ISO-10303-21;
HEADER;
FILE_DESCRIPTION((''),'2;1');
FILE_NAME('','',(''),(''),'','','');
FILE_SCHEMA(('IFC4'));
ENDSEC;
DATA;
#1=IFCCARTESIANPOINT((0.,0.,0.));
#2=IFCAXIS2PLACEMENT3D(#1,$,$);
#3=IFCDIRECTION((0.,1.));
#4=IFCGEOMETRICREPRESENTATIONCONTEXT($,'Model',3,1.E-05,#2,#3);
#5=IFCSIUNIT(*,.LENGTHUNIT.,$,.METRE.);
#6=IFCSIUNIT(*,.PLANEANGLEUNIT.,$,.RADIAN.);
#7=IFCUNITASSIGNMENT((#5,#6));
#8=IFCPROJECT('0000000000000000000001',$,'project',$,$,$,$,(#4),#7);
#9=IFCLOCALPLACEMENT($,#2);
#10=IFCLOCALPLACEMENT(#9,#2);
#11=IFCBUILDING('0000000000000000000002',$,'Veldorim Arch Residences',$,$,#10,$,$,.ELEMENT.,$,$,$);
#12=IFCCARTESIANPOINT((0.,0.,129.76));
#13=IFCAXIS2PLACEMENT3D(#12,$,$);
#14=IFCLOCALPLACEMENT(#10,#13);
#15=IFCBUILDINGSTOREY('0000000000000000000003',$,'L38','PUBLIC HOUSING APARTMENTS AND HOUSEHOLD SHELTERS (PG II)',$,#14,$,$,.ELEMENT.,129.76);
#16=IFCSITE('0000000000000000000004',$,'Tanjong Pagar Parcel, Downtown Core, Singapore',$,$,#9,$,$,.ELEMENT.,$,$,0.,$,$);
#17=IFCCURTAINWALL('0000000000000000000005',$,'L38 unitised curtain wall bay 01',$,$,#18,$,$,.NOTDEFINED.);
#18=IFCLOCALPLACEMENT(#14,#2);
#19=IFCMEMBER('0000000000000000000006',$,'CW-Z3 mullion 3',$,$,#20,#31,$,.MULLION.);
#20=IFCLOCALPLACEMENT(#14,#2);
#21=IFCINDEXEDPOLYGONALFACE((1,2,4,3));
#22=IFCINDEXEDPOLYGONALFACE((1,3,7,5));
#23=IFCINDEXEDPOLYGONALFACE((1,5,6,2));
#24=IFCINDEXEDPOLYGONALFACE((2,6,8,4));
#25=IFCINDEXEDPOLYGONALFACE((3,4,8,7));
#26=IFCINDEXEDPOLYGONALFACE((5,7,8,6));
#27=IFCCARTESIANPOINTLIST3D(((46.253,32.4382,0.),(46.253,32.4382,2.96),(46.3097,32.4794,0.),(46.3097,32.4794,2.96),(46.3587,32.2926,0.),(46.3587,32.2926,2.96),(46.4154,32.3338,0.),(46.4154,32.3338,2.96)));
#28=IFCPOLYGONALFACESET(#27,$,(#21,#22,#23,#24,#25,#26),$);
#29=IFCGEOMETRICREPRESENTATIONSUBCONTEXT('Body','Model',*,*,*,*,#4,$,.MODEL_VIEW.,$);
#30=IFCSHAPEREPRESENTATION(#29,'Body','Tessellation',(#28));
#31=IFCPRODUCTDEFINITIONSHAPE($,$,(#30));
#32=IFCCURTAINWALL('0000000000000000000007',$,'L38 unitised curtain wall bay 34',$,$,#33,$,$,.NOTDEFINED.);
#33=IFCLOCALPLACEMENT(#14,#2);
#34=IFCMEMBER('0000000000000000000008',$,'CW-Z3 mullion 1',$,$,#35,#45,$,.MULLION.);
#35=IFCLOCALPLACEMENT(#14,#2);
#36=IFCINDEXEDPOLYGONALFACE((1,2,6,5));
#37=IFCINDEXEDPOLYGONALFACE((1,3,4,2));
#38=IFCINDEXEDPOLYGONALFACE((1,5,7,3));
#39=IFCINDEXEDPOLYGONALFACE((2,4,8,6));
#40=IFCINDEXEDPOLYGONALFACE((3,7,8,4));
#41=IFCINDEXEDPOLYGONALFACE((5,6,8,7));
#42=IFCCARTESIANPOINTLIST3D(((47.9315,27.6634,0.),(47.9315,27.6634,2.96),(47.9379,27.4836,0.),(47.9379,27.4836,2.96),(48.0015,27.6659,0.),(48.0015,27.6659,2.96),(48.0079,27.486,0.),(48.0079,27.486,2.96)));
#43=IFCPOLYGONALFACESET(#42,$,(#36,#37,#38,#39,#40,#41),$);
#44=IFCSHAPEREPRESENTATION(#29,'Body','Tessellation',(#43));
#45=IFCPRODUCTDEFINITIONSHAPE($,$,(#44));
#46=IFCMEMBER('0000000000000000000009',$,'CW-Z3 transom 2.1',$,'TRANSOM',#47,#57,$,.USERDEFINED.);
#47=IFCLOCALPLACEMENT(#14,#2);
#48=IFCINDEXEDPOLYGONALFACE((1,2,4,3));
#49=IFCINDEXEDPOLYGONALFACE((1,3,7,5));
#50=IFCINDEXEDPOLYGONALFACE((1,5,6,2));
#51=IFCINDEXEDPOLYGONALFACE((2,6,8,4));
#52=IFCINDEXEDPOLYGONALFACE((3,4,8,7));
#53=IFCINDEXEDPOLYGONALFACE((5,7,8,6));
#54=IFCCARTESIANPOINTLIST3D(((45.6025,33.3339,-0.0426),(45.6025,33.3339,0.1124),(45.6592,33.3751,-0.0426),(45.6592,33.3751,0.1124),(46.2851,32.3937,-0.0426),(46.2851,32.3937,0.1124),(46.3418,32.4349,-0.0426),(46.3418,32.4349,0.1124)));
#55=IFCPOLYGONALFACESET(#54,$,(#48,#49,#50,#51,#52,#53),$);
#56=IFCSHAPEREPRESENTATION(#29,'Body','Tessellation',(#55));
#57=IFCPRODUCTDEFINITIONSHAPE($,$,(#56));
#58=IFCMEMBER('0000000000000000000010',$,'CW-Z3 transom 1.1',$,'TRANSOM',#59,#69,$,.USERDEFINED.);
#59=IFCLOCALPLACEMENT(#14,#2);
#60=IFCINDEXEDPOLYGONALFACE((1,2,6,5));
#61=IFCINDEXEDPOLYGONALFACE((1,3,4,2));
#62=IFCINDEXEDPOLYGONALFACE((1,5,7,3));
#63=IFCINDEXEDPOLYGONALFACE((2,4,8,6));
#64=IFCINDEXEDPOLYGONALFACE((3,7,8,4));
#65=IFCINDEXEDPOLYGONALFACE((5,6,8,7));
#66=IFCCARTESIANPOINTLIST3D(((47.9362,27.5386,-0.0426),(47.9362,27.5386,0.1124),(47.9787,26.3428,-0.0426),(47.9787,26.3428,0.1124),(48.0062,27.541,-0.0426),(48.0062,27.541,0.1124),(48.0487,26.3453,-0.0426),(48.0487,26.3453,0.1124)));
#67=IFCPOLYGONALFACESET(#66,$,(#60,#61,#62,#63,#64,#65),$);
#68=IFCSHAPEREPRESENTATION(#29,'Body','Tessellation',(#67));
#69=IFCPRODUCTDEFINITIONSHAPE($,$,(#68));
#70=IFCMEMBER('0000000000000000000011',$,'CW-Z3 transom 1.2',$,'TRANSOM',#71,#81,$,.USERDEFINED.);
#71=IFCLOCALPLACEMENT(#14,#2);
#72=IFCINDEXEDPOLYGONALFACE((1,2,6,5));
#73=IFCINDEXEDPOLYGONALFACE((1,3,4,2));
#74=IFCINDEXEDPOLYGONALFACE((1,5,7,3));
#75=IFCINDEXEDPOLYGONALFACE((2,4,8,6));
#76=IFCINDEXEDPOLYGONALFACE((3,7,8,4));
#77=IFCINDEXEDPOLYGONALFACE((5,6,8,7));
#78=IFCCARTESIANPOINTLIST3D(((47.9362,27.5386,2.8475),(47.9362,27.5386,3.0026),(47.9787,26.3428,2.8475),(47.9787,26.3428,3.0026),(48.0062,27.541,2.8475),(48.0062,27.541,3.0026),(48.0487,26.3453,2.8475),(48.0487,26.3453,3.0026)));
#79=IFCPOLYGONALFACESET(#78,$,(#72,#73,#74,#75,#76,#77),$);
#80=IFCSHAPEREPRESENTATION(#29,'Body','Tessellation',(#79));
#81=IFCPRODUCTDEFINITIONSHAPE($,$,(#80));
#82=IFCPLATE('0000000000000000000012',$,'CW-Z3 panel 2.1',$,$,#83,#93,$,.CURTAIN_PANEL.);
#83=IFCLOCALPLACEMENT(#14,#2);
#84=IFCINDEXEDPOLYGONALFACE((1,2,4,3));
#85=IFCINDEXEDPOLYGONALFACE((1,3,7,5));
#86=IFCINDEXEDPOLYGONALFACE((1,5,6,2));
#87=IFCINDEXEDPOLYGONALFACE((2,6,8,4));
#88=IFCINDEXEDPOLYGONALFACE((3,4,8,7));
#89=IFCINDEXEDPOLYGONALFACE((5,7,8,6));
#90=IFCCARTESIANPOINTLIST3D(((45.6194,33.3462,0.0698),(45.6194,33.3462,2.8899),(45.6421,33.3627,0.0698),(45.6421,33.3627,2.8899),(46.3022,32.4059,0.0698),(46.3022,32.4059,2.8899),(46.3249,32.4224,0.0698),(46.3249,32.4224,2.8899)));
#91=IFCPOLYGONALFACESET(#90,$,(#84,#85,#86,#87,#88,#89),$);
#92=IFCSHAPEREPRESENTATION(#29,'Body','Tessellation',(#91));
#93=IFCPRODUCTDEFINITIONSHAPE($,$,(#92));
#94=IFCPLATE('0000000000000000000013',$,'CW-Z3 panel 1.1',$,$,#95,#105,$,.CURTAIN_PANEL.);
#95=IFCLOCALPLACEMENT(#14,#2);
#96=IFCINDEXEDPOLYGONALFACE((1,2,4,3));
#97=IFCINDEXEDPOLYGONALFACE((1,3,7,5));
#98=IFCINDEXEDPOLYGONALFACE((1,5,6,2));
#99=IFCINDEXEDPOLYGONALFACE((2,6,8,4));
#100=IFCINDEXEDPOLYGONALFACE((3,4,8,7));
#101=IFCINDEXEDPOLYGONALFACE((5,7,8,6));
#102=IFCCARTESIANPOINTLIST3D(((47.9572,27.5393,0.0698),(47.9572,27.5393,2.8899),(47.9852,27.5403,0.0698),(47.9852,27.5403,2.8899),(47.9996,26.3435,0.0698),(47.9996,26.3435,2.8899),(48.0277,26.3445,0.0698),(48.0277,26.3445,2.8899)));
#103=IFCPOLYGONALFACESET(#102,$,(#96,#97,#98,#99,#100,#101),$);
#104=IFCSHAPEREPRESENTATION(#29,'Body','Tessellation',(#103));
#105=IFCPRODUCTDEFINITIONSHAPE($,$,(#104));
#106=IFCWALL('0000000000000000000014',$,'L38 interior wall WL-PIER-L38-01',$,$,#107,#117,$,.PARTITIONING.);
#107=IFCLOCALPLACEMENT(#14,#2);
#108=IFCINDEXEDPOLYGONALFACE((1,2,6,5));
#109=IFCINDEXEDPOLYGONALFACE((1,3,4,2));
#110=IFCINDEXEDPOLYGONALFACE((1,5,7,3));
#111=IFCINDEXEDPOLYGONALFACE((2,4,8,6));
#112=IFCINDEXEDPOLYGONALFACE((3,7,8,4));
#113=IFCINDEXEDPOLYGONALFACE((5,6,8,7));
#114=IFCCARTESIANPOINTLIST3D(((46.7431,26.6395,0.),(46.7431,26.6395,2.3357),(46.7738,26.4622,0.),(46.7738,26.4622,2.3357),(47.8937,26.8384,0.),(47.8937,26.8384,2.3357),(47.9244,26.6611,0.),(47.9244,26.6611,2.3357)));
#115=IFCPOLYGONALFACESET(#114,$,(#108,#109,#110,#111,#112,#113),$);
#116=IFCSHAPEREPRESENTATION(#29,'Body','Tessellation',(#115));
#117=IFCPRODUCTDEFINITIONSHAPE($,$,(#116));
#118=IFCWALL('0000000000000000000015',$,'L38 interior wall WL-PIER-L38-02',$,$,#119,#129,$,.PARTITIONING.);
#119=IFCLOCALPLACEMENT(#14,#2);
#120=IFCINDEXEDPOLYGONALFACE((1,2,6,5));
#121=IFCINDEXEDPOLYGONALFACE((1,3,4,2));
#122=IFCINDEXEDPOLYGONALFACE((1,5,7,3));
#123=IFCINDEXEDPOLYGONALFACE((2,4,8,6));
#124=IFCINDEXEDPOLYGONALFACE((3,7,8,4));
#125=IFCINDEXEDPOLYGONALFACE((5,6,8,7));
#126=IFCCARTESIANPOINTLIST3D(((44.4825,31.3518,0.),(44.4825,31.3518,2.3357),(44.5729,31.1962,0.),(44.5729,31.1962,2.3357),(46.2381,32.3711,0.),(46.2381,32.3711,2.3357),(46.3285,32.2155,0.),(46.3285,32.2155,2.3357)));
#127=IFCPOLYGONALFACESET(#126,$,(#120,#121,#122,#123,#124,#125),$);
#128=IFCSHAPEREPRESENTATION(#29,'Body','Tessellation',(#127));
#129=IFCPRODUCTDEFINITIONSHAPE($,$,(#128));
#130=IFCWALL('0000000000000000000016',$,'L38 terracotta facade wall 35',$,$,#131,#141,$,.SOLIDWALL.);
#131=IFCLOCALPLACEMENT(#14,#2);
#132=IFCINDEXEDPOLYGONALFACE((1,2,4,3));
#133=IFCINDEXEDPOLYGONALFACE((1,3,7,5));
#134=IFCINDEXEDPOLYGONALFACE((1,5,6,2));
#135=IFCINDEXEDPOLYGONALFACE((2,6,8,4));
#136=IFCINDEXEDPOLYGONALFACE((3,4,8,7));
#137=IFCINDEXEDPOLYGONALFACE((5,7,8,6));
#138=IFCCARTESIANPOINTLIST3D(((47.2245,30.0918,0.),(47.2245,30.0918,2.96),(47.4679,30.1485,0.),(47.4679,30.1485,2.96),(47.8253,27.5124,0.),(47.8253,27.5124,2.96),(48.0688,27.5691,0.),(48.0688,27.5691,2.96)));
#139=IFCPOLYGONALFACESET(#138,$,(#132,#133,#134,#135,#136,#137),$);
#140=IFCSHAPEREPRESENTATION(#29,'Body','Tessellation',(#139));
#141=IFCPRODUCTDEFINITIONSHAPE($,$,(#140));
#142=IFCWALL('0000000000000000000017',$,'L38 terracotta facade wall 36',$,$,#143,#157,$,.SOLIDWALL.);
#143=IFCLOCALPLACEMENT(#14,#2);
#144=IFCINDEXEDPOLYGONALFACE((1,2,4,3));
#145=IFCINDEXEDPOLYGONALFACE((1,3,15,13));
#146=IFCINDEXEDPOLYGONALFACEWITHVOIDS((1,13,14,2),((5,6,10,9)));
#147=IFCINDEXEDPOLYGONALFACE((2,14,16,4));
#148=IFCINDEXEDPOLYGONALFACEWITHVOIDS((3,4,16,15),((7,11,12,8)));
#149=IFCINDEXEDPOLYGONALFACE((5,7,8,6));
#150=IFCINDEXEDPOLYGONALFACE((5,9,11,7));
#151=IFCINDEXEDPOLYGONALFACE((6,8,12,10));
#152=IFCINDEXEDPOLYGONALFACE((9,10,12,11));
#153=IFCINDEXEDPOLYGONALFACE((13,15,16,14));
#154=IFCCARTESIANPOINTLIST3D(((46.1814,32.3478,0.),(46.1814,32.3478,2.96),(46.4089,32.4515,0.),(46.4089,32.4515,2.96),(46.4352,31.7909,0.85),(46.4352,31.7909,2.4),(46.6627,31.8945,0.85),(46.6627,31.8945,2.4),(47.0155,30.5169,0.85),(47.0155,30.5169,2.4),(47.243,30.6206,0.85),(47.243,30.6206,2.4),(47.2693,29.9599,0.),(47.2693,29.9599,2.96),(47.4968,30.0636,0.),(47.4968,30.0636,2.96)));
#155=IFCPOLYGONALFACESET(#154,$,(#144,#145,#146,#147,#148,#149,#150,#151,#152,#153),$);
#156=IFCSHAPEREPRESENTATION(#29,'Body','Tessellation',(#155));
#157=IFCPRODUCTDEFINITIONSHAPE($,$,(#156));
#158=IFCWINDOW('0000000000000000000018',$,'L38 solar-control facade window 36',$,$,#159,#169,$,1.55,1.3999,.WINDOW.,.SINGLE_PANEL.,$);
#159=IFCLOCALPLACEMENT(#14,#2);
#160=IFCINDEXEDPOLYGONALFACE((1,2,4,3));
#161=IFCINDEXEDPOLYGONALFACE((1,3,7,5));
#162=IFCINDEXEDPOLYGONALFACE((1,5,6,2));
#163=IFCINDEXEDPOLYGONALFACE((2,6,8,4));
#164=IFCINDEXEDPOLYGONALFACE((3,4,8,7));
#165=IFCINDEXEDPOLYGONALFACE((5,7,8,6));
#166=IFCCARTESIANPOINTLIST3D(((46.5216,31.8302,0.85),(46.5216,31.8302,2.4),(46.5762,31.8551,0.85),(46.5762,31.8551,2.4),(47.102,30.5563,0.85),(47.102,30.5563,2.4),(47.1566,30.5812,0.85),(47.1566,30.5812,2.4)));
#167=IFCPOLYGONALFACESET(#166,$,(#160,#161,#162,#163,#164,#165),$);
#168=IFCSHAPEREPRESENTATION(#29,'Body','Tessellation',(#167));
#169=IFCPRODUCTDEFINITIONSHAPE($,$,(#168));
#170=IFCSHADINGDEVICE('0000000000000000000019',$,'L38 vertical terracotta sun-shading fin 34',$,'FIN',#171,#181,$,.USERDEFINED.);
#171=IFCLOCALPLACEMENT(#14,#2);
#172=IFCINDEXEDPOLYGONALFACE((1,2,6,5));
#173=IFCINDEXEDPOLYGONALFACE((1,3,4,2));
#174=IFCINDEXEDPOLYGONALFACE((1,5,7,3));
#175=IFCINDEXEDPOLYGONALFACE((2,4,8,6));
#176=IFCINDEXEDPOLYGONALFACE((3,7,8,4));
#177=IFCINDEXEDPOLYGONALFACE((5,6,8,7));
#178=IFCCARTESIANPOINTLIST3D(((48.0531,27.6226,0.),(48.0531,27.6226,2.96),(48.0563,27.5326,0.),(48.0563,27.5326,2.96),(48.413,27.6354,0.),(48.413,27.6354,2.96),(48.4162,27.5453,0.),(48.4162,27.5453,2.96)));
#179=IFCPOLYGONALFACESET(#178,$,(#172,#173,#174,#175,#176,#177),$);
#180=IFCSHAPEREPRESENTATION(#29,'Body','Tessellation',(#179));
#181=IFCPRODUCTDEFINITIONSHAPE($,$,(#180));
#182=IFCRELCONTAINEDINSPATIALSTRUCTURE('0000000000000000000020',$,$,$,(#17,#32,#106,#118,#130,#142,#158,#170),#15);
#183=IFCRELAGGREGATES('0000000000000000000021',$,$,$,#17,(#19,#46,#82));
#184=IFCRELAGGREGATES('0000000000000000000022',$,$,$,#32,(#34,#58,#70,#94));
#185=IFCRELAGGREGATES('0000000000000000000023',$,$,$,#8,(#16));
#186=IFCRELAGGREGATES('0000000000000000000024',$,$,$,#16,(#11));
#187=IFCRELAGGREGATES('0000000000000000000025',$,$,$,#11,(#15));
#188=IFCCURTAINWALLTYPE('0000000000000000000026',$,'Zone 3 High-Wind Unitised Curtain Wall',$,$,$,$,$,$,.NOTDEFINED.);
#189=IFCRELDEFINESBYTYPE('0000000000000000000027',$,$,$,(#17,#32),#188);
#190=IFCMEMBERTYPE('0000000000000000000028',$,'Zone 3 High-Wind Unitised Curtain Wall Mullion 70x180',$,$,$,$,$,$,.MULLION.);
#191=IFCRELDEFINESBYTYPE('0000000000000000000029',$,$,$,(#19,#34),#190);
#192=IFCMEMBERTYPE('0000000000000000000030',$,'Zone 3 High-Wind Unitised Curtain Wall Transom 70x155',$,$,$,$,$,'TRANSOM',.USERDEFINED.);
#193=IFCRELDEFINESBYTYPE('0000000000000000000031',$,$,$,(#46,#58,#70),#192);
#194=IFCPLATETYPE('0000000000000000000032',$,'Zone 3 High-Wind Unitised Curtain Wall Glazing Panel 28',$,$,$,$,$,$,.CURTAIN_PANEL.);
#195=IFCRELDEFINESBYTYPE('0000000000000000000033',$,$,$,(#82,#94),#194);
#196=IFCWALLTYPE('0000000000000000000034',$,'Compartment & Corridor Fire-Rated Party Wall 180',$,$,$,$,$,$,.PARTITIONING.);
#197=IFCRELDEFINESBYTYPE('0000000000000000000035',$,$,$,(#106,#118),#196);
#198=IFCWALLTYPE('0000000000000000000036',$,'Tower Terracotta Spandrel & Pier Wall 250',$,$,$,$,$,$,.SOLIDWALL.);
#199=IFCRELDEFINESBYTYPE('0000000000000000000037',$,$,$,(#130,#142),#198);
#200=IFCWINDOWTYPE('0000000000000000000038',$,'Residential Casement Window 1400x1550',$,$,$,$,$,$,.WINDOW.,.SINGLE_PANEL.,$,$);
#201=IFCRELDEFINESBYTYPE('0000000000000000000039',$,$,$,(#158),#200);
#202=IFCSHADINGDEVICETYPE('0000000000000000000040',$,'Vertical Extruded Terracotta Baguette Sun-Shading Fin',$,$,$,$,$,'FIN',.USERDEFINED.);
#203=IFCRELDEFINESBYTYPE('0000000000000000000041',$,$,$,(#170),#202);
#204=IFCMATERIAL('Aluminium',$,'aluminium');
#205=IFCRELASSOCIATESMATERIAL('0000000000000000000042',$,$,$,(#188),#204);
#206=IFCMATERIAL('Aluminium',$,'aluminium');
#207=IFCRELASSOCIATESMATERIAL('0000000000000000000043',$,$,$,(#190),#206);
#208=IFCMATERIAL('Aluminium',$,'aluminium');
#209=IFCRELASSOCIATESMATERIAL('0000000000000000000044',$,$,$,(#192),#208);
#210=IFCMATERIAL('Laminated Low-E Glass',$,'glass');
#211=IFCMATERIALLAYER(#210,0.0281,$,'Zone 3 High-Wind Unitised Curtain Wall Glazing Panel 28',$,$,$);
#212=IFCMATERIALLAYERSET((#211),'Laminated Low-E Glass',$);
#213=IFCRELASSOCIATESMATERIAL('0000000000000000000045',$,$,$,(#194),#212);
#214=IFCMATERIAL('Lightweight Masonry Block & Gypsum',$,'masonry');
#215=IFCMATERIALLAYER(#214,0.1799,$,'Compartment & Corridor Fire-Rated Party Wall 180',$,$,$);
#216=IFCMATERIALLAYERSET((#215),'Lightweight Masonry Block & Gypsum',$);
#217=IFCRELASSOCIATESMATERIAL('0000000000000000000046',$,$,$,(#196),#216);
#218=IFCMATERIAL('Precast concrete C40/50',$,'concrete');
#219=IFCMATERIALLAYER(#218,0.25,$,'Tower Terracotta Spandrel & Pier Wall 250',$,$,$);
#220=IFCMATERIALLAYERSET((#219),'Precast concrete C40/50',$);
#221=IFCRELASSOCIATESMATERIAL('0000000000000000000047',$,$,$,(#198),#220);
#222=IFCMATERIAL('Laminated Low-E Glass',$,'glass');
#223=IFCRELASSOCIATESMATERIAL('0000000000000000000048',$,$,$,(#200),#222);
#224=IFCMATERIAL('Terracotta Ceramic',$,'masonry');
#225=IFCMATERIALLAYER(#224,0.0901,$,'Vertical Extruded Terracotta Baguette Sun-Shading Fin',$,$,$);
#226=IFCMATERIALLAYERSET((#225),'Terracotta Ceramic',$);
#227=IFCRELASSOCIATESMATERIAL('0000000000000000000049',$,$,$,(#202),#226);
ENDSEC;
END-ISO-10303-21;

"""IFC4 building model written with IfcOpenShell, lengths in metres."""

from ifc_helpers import new_model, si_unit, direction, frame, frame_2d, origin, origin_2d, place, context, subcontext, project, spatial, rectangle, extrude, material, layer, layer_set, material_profile, profile_set, type_object, element, fill, aggregate, save


model = new_model("IFC4")

# Units and contexts
model_context = context("Model", 3, precision=1e-05, world=origin(), true_north=direction((0.0, 1.0)))
body_context = subcontext(model_context, "Body", "Model", "MODEL_VIEW")
ifc_project = project(units=[si_unit("LENGTHUNIT", "METRE"), si_unit("PLANEANGLEUNIT", "RADIAN")], contexts=[model_context])

# Site, building, storey
site_placement = place(None, origin())
site = spatial("IfcSite", under=ifc_project, at=site_placement, Name="Tanjong Pagar Parcel, Downtown Core, Singapore", CompositionType="ELEMENT", RefElevation=0.0)
building_placement = place(site_placement, origin())
building = spatial("IfcBuilding", under=site, at=building_placement, Name="Veldorim Arch Residences", CompositionType="ELEMENT")
storey_placement = place(building_placement, frame((0.0, 0.0, 129.76)))
storey = spatial("IfcBuildingStorey", under=building, at=storey_placement, Name="L38", Description="PUBLIC HOUSING APARTMENTS AND HOUSEHOLD SHELTERS (PG II)", CompositionType="ELEMENT", Elevation=129.76)

# Curtain walls, members
ifc_material_1 = material(Name="Aluminium", Category="aluminium")
curtain_wall_type = type_object("IfcCurtainWallType", Name="Zone 3 High-Wind Unitised Curtain Wall", PredefinedType="NOTDEFINED", material=ifc_material_1)
curtain_wall_1_placement = place(storey_placement, origin())
curtain_wall_1 = element("IfcCurtainWall", 1, at=curtain_wall_1_placement, inside=storey, type_object=curtain_wall_type, Name="L38 unitised curtain wall bay 01", PredefinedType="NOTDEFINED")
ifc_material_2 = material(Name="Aluminium", Category="aluminium")
ifc_material_profile_1 = material_profile(ifc_material_2, rectangle(XDim=0.0701, YDim=0.1799, at=origin_2d()), Name="ALU_MUL_70x180")
ifc_profile_set_1 = profile_set([ifc_material_profile_1], Name="Aluminium")
member_type_1 = type_object("IfcMemberType", Name="Zone 3 High-Wind Unitised Curtain Wall Mullion 70x180", PredefinedType="MULLION", material=ifc_profile_set_1)
member_1_placement = place(storey_placement, frame((46.3342, 32.386, 0.0), z_axis=(0.0, 0.0, 1.0), x_axis=(0.809162, 0.587585, 0.0)))
member_1 = element("IfcMember", 2, at=member_1_placement, type_object=member_type_1, Name="CW-Z3 mullion 3", PredefinedType="MULLION", context=body_context, shape_type="SweptSolid", body=[
    extrude(rectangle(XDim=0.0701, YDim=0.1799, at=origin_2d()), origin(), (0.0, 0.0, 1.0), 2.96),
])
curtain_wall_2_placement = place(storey_placement, origin())
curtain_wall_2 = element("IfcCurtainWall", 3, at=curtain_wall_2_placement, inside=storey, type_object=curtain_wall_type, Name="L38 unitised curtain wall bay 34", PredefinedType="NOTDEFINED")
member_2_placement = place(storey_placement, frame((47.9697, 27.5747, 0.0), z_axis=(0.0, 0.0, 1.0), x_axis=(0.99937, 0.035498, 0.0)))
member_2 = element("IfcMember", 4, at=member_2_placement, type_object=member_type_1, Name="CW-Z3 mullion 1", PredefinedType="MULLION", context=body_context, shape_type="SweptSolid", body=[
    extrude(rectangle(XDim=0.0701, YDim=0.1799, at=origin_2d()), origin(), (0.0, 0.0, 1.0), 2.96),
])

# Members
ifc_material_3 = material(Name="Aluminium", Category="aluminium")
ifc_material_profile_2 = material_profile(ifc_material_3, rectangle(XDim=0.0701, YDim=0.155, at=origin_2d()), Name="ALU_TRN_70x155")
ifc_profile_set_2 = profile_set([ifc_material_profile_2], Name="Aluminium")
member_type_2 = type_object("IfcMemberType", Name="Zone 3 High-Wind Unitised Curtain Wall Transom 70x155", ElementType="TRANSOM", PredefinedType="USERDEFINED", material=ifc_profile_set_2)
member_3_placement = place(storey_placement, frame((45.6309, 33.3545, 0.0349), z_axis=(0.587522, -0.809208, 0.0), x_axis=(0.809208, 0.587522, 0.0)))
member_3 = element("IfcMember", 5, at=member_3_placement, type_object=member_type_2, Name="CW-Z3 transom 2.1", ObjectType="TRANSOM", PredefinedType="USERDEFINED", context=body_context, shape_type="SweptSolid", body=[
    extrude(rectangle(XDim=0.0701, YDim=0.155, at=origin_2d()), origin(), (0.0, 0.0, 1.0), 1.1619),
])
member_4_placement = place(storey_placement, frame((47.9712, 27.5398, 0.0349), z_axis=(0.035502, -0.99937, 0.0), x_axis=(0.99937, 0.035502, 0.0)))
member_4 = element("IfcMember", 6, at=member_4_placement, type_object=member_type_2, Name="CW-Z3 transom 1.1", ObjectType="TRANSOM", PredefinedType="USERDEFINED", context=body_context, shape_type="SweptSolid", body=[
    extrude(rectangle(XDim=0.0701, YDim=0.155, at=origin_2d()), origin(), (0.0, 0.0, 1.0), 1.1965),
])
member_5_placement = place(storey_placement, frame((47.9712, 27.5398, 2.925), z_axis=(0.035502, -0.99937, 0.0), x_axis=(0.99937, 0.035502, 0.0)))
member_5 = element("IfcMember", 7, at=member_5_placement, type_object=member_type_2, Name="CW-Z3 transom 1.2", ObjectType="TRANSOM", PredefinedType="USERDEFINED", context=body_context, shape_type="SweptSolid", body=[
    extrude(rectangle(XDim=0.0701, YDim=0.155, at=origin_2d()), origin(), (0.0, 0.0, 1.0), 1.1965),
])

# Plates
ifc_material_4 = material(Name="Laminated Low-E Glass", Category="glass")
ifc_layer_1 = layer(ifc_material_4, 0.0281, Name="Zone 3 High-Wind Unitised Curtain Wall Glazing Panel 28")
ifc_layer_set_1 = layer_set([ifc_layer_1], Name="Laminated Low-E Glass")
plate_type = type_object("IfcPlateType", Name="Zone 3 High-Wind Unitised Curtain Wall Glazing Panel 28", PredefinedType="CURTAIN_PANEL", material=ifc_layer_set_1)
plate_1_placement = place(storey_placement, frame((45.9722, 32.8843, 0.0698), z_axis=(0.0, 0.0, 1.0), x_axis=(0.587585, -0.809162, 0.0)))
plate_1 = element("IfcPlate", 8, at=plate_1_placement, type_object=plate_type, Name="CW-Z3 panel 2.1", PredefinedType="CURTAIN_PANEL", context=body_context, shape_type="SweptSolid", body=[
    extrude(rectangle(XDim=1.1621, YDim=0.0281, at=origin_2d()), origin(), (0.0, 0.0, 1.0), 2.8201),
])
aggregate(curtain_wall_1, [member_1, member_3, plate_1])
plate_2_placement = place(storey_placement, frame((47.9924, 26.9419, 0.0698), z_axis=(0.0, 0.0, 1.0), x_axis=(0.035498, -0.99937, 0.0)))
plate_2 = element("IfcPlate", 9, at=plate_2_placement, type_object=plate_type, Name="CW-Z3 panel 1.1", PredefinedType="CURTAIN_PANEL", context=body_context, shape_type="SweptSolid", body=[
    extrude(rectangle(XDim=1.1965, YDim=0.0281, at=origin_2d()), origin(), (0.0, 0.0, 1.0), 2.8201),
])
aggregate(curtain_wall_2, [member_2, member_4, member_5, plate_2])

# Walls
ifc_material_5 = material(Name="Lightweight Masonry Block & Gypsum", Category="masonry")
ifc_layer_2 = layer(ifc_material_5, 0.1799, Name="Compartment & Corridor Fire-Rated Party Wall 180")
ifc_layer_set_2 = layer_set([ifc_layer_2], Name="Lightweight Masonry Block & Gypsum")
wall_type_1 = type_object("IfcWallType", Name="Compartment & Corridor Fire-Rated Party Wall 180", PredefinedType="PARTITIONING", material=ifc_layer_set_2)
wall_1_placement = place(storey_placement, frame((46.7583, 26.5508, 0.0), z_axis=(0.0, 0.0, 1.0), x_axis=(0.985375, 0.170397, 0.0)))
element("IfcWall", 10, at=wall_1_placement, inside=storey, type_object=wall_type_1, Name="L38 interior wall WL-PIER-L38-01", PredefinedType="PARTITIONING", context=body_context, shape_type="SweptSolid", body=[
    extrude(rectangle(XDim=1.1677, YDim=0.1799, at=frame_2d((0.584, 0.0))), origin(), (0.0, 0.0, 1.0), 2.3357),
])
wall_2_placement = place(storey_placement, frame((44.5276, 31.2739, 0.0), z_axis=(0.0, 0.0, 1.0), x_axis=(0.864811, 0.502098, 0.0)))
element("IfcWall", 11, at=wall_2_placement, inside=storey, type_object=wall_type_1, Name="L38 interior wall WL-PIER-L38-02", PredefinedType="PARTITIONING", context=body_context, shape_type="SweptSolid", body=[
    extrude(rectangle(XDim=2.03, YDim=0.1799, at=frame_2d((1.0151, 0.0))), origin(), (0.0, 0.0, 1.0), 2.3357),
])
ifc_material_6 = material(Name="Precast concrete C40/50", Category="concrete")
ifc_layer_3 = layer(ifc_material_6, 0.25, Name="Tower Terracotta Spandrel & Pier Wall 250")
ifc_layer_set_3 = layer_set([ifc_layer_3], Name="Precast concrete C40/50")
wall_type_2 = type_object("IfcWallType", Name="Tower Terracotta Spandrel & Pier Wall 250", PredefinedType="SOLIDWALL", material=ifc_layer_set_3)
wall_3_placement = place(storey_placement, frame((47.3462, 30.1201, 0.0), z_axis=(0.0, 0.0, 1.0), x_axis=(0.226865, -0.973926, 0.0)))
element("IfcWall", 12, at=wall_3_placement, inside=storey, type_object=wall_type_2, Name="L38 terracotta facade wall 35", PredefinedType="SOLIDWALL", context=body_context, shape_type="SweptSolid", body=[
    extrude(rectangle(XDim=2.6484, YDim=0.25, at=frame_2d((1.3242, 0.0))), origin(), (0.0, 0.0, 1.0), 2.96),
])

# Wall, opening, window
wall_4_placement = place(storey_placement, frame((46.2952, 32.3997, 0.0), z_axis=(0.0, 0.0, 1.0), x_axis=(0.414581, -0.910012, 0.0)))
wall_4 = element("IfcWall", 13, at=wall_4_placement, inside=storey, type_object=wall_type_2, Name="L38 terracotta facade wall 36", PredefinedType="SOLIDWALL", context=body_context, shape_type="SweptSolid", body=[
    extrude(rectangle(XDim=2.624, YDim=0.25, at=frame_2d((1.312, 0.0))), origin(), (0.0, 0.0, 1.0), 2.96),
])
opening_placement = place(wall_4_placement, frame((0.6121, 0.0, 0.8501)))
opening = element("IfcOpeningElement", 14, at=opening_placement, cuts=wall_4, PredefinedType="OPENING", context=body_context, shape_type="SweptSolid", body=[
    extrude(rectangle(XDim=1.3999, YDim=1.55, at=frame_2d((0.7, 0.7749))), frame((0.0, 0.135, 0.0), z_axis=(0.0, -1.0, 0.0), x_axis=(1.0, 0.0, 0.0)), (0.0, 0.0, 1.0), 0.27),
])
ifc_material_7 = material(Name="Laminated Low-E Glass", Category="glass")
window_type = type_object("IfcWindowType", Name="Residential Casement Window 1400x1550", PartitioningType="SINGLE_PANEL", PredefinedType="WINDOW", material=ifc_material_7)
window_placement = place(opening_placement, origin())
window = element("IfcWindow", 15, at=window_placement, inside=storey, type_object=window_type, Name="L38 solar-control facade window 36", OverallHeight=1.55, OverallWidth=1.3999, PartitioningType="SINGLE_PANEL", PredefinedType="WINDOW", context=body_context, shape_type="SweptSolid", body=[
    extrude(rectangle(XDim=1.3999, YDim=1.55, at=frame_2d((0.7, 0.7749))), frame((0.0, 0.03, 0.0), z_axis=(0.0, -1.0, 0.0), x_axis=(1.0, 0.0, 0.0)), (0.0, 0.0, 1.0), 0.0601),
])
fill(opening, window)

# Shading device
ifc_material_8 = material(Name="Terracotta Ceramic", Category="masonry")
ifc_layer_4 = layer(ifc_material_8, 0.0901, Name="Vertical Extruded Terracotta Baguette Sun-Shading Fin")
ifc_layer_set_4 = layer_set([ifc_layer_4], Name="Terracotta Ceramic")
shading_device_type = type_object("IfcShadingDeviceType", Name="Vertical Extruded Terracotta Baguette Sun-Shading Fin", ElementType="FIN", PredefinedType="USERDEFINED", material=ifc_layer_set_4)
shading_device_placement = place(storey_placement, frame((48.2346, 27.584, 0.0), z_axis=(0.0, 0.0, 1.0), x_axis=(0.035423, -0.999372, 0.0)))
element("IfcShadingDevice", 16, at=shading_device_placement, inside=storey, type_object=shading_device_type, Name="L38 vertical terracotta sun-shading fin 34", ObjectType="FIN", PredefinedType="USERDEFINED", context=body_context, shape_type="SweptSolid", body=[
    extrude(rectangle(XDim=0.0901, YDim=0.3601, at=origin_2d()), origin(), (0.0, 0.0, 1.0), 2.96),
])

save(model, "model.ifc")
